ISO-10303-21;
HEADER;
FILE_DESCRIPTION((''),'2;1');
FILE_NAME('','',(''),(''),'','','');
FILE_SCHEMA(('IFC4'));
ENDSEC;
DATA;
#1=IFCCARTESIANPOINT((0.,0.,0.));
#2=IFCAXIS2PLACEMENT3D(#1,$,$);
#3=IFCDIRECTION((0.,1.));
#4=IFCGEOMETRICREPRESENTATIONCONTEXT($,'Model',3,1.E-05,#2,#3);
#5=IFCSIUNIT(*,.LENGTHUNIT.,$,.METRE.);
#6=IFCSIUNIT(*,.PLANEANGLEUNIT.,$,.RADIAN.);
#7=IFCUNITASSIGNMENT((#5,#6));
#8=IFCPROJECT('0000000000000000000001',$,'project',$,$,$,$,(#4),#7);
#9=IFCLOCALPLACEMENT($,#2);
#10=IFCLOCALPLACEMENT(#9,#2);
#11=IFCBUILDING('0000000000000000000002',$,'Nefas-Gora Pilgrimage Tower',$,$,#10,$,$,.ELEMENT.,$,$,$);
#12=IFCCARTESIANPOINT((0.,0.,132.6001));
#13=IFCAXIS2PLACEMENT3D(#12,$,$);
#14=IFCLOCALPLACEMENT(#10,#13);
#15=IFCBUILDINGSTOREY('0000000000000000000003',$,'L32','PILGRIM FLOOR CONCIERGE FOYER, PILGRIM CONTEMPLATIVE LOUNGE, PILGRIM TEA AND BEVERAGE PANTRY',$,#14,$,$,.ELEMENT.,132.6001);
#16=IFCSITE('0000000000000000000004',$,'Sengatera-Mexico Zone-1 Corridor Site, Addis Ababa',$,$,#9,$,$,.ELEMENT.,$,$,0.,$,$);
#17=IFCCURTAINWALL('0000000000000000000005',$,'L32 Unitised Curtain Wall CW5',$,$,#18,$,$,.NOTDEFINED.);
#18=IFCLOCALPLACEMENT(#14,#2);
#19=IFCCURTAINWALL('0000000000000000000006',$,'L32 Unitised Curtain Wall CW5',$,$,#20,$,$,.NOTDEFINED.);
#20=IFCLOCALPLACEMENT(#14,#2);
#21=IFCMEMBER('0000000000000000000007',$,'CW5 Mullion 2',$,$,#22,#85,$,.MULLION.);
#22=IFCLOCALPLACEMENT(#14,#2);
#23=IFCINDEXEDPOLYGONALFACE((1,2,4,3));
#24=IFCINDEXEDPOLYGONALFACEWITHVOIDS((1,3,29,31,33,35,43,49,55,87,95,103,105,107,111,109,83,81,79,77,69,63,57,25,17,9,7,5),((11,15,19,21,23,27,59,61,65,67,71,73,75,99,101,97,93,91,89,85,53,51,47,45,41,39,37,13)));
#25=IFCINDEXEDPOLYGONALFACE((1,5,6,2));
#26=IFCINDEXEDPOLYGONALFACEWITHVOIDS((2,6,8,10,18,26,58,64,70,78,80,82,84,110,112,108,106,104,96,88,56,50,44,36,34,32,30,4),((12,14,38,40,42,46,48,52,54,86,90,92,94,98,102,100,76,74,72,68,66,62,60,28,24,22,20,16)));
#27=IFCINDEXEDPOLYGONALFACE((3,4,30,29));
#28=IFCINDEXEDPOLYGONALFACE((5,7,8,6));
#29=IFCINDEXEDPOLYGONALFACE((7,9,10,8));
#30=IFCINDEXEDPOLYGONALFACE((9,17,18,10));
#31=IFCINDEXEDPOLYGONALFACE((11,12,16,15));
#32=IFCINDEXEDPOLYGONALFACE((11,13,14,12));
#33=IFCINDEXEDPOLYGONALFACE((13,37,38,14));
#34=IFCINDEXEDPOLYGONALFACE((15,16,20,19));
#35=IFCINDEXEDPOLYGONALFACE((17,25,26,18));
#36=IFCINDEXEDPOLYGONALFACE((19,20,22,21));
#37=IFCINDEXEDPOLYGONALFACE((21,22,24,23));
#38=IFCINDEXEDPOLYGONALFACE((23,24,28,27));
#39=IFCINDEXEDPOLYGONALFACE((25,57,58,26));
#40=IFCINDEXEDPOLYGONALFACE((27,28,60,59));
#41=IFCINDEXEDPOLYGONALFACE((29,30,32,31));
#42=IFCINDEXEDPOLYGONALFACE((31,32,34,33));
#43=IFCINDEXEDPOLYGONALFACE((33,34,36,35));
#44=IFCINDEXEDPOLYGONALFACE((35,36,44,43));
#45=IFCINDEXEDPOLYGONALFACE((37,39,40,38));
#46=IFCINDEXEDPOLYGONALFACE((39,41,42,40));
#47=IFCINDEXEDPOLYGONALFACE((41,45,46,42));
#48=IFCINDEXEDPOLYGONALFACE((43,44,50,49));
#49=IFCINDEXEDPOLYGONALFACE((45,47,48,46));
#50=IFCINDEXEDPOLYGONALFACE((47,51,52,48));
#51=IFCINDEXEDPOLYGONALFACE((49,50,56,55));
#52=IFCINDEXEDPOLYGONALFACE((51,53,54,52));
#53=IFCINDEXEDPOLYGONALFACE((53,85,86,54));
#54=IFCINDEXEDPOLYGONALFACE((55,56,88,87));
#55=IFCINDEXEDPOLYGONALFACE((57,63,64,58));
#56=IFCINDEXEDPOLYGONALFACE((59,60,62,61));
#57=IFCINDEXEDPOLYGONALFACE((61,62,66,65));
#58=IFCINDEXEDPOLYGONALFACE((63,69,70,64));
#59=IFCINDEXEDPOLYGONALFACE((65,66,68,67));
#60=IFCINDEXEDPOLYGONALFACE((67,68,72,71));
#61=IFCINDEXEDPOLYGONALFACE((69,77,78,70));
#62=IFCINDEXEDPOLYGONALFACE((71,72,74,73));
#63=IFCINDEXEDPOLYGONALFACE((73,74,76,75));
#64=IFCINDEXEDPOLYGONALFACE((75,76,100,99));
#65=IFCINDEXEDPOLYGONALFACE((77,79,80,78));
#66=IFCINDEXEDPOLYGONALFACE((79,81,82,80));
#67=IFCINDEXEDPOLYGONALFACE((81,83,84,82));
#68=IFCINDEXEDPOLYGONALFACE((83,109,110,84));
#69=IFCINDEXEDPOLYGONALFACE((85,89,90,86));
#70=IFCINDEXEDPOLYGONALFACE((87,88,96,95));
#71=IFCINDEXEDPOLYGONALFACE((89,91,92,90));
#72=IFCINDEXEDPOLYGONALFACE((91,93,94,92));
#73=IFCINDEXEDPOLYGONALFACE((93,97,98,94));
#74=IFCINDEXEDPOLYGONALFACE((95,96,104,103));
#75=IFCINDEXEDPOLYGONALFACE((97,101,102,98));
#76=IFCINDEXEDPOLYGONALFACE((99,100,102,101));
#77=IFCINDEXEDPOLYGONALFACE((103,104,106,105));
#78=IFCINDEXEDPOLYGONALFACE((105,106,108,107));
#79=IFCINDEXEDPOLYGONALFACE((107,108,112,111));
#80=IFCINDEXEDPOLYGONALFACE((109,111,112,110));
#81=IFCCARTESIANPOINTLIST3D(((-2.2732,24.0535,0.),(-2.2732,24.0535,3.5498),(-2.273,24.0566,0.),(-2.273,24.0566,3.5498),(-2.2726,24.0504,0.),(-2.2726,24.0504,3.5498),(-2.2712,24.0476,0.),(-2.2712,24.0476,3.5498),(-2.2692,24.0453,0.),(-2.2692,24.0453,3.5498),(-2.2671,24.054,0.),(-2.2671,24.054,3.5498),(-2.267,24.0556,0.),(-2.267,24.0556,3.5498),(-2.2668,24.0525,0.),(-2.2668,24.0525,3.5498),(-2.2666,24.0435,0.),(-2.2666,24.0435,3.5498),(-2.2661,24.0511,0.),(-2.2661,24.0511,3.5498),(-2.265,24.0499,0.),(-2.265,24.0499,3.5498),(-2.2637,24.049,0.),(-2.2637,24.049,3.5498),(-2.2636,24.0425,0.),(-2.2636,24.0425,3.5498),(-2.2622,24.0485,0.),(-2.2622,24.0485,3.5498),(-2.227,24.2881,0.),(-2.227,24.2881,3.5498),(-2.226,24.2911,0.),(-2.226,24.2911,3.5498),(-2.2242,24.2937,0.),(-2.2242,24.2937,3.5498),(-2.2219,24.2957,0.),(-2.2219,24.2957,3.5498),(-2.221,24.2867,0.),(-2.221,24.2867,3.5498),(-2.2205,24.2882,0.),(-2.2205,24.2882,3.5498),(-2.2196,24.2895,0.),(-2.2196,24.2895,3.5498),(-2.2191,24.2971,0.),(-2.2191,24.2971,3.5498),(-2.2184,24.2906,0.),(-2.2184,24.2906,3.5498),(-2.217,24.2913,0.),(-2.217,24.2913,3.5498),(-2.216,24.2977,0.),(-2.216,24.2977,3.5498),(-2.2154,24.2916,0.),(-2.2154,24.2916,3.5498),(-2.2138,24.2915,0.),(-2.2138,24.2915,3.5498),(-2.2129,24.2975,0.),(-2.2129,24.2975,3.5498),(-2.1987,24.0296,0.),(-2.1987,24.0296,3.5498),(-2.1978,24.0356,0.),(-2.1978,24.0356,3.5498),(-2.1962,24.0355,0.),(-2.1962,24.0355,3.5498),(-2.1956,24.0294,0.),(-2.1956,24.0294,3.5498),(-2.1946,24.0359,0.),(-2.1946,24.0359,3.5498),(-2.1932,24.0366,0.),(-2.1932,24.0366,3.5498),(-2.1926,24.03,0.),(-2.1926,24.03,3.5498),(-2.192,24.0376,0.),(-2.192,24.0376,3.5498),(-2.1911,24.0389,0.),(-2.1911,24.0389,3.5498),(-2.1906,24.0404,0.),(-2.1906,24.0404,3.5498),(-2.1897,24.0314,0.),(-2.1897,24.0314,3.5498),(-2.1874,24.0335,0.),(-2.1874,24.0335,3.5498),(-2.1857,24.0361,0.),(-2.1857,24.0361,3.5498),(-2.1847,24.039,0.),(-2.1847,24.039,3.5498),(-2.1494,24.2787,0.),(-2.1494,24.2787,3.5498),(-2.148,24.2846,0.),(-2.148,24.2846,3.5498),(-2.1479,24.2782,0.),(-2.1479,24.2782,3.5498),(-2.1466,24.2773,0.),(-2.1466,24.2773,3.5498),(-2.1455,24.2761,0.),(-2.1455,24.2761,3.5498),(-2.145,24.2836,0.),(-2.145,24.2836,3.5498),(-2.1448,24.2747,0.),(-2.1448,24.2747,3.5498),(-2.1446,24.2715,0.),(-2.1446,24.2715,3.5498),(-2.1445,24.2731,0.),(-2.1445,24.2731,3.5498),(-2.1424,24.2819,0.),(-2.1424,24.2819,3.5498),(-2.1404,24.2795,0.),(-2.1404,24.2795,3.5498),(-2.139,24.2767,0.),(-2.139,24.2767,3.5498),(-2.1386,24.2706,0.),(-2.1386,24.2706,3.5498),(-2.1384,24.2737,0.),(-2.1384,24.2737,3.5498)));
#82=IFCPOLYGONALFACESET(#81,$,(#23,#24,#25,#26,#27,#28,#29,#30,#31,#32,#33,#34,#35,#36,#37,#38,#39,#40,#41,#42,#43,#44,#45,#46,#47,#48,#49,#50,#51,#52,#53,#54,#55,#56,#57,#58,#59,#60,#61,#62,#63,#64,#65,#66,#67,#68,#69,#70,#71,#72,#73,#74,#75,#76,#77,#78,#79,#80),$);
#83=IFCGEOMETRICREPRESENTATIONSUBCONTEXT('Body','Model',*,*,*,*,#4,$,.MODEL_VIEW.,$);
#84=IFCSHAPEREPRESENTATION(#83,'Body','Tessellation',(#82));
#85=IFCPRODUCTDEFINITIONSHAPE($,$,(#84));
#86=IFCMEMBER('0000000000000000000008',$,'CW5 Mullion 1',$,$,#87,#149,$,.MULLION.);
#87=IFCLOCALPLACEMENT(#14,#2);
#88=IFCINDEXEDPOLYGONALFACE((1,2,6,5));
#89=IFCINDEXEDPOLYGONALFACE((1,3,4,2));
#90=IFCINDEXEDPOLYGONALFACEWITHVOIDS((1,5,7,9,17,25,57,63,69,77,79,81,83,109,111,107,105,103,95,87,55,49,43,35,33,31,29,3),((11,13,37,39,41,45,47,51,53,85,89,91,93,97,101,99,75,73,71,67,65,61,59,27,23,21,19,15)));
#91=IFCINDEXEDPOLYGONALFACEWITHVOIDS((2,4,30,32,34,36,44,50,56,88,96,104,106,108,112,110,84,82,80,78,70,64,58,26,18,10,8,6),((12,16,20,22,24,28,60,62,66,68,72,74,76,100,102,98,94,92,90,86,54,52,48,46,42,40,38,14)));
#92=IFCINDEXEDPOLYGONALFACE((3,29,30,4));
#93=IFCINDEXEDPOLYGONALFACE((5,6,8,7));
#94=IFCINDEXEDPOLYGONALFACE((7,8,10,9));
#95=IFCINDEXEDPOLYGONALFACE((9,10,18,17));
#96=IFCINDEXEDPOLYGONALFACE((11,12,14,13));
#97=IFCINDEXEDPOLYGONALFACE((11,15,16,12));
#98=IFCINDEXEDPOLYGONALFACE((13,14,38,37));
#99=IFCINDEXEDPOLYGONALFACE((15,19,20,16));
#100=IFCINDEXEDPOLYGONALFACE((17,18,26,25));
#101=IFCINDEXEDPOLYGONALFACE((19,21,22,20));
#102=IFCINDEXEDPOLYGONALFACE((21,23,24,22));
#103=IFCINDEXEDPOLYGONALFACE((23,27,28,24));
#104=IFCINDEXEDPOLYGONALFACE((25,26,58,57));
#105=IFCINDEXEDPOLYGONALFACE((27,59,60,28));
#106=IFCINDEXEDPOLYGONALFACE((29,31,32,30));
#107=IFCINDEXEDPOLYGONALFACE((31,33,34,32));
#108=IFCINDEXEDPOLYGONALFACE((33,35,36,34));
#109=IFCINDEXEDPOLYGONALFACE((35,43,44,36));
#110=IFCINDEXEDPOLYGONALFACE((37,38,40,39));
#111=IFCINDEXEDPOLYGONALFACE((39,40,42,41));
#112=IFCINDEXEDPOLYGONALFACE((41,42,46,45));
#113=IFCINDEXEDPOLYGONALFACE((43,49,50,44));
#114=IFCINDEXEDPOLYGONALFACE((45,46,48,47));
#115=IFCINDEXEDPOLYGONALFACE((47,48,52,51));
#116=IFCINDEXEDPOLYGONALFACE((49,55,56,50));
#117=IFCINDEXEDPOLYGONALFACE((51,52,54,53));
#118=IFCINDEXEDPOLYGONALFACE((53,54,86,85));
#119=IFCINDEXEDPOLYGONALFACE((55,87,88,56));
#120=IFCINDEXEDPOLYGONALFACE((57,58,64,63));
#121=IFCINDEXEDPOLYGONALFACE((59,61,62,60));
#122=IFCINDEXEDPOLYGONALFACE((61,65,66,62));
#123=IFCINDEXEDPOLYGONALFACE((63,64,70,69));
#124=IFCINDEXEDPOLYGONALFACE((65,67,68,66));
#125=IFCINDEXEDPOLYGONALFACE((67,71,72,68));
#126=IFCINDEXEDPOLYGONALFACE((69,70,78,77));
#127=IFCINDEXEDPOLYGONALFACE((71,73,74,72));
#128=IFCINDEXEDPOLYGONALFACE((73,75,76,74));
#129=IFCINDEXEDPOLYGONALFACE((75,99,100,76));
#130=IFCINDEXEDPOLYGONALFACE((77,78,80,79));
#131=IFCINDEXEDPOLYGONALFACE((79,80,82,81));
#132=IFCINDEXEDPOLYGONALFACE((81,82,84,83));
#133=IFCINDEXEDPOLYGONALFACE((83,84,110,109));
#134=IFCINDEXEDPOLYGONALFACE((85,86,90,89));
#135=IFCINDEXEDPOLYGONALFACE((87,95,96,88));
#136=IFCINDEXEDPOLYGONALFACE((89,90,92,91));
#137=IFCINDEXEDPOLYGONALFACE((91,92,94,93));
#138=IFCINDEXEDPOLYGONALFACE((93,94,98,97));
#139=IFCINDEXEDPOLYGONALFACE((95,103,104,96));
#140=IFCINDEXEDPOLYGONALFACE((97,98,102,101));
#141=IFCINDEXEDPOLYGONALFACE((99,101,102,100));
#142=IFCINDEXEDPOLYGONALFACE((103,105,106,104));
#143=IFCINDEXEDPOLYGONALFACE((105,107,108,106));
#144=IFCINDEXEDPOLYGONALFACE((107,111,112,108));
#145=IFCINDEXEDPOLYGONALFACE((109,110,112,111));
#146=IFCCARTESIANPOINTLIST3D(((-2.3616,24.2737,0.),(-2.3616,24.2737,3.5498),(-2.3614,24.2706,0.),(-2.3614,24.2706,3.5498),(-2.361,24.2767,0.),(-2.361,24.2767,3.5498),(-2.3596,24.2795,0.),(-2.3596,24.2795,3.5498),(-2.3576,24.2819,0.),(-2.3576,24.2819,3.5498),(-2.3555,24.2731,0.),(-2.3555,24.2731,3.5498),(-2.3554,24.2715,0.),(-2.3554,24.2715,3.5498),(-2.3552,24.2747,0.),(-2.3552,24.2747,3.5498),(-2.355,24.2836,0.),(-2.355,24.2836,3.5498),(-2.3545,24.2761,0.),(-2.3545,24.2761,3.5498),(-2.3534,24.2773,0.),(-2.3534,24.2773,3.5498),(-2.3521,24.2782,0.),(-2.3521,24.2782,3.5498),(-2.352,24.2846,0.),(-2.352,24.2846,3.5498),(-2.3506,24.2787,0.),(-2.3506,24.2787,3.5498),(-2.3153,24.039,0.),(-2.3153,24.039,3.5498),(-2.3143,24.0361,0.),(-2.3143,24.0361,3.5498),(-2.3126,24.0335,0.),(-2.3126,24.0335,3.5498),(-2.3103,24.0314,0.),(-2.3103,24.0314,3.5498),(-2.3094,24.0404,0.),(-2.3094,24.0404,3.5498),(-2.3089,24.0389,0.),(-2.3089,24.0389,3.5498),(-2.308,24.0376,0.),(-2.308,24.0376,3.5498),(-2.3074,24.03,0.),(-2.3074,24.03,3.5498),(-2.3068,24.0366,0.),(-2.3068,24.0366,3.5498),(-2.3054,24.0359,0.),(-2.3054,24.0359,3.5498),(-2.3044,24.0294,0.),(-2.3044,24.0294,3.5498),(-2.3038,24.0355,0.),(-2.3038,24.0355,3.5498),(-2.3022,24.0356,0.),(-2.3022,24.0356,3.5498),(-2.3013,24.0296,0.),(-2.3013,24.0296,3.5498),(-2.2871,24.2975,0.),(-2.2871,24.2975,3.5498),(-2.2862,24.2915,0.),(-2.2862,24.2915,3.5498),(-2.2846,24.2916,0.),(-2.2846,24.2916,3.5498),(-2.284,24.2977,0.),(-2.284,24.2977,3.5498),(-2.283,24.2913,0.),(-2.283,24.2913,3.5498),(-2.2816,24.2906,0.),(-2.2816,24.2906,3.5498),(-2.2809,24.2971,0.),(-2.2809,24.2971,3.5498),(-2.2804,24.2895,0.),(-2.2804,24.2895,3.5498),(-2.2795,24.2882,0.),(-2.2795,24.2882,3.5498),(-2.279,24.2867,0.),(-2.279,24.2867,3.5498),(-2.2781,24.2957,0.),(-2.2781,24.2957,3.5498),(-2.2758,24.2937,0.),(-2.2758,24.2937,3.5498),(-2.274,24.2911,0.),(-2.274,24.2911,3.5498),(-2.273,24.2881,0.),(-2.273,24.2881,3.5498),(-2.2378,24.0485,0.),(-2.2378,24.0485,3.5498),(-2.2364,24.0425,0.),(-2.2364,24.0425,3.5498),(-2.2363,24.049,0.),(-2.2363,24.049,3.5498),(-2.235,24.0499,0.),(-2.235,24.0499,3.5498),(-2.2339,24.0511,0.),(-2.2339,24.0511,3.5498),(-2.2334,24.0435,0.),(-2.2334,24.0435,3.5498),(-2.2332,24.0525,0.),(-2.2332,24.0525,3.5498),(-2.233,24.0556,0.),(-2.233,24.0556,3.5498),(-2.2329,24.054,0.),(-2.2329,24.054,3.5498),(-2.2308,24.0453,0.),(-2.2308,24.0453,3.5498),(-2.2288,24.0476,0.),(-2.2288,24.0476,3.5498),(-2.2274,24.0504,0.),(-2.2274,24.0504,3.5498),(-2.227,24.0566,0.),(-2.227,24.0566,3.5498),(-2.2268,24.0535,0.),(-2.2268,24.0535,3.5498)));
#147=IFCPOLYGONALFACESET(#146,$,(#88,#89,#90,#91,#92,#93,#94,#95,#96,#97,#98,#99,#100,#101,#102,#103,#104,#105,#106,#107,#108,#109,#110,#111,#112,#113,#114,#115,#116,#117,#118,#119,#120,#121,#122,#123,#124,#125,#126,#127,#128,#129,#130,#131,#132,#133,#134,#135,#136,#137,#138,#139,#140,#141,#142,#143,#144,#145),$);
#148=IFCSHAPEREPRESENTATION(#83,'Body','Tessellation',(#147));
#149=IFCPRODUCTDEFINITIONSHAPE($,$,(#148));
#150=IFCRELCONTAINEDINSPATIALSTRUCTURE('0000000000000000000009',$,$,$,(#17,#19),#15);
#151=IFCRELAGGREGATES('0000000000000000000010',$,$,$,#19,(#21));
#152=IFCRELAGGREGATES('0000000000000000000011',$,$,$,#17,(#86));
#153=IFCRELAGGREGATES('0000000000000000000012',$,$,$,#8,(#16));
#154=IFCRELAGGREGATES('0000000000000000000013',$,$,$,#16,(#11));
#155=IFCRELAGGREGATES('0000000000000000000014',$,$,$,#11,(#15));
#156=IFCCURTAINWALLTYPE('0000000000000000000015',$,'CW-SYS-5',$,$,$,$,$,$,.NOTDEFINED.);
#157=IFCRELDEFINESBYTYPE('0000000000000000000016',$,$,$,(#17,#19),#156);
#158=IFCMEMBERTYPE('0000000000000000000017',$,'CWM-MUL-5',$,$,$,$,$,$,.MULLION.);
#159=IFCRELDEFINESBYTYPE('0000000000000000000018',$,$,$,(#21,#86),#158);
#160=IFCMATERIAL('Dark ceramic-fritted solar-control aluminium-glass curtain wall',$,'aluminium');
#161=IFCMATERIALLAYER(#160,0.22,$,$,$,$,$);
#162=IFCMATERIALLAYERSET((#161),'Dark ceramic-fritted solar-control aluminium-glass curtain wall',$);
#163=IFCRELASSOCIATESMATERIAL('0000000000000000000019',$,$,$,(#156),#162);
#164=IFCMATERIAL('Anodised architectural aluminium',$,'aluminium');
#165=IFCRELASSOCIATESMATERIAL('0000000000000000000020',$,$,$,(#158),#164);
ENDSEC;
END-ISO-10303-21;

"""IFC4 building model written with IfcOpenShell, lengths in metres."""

from ifc_helpers import new_model, si_unit, direction, frame, origin, origin_2d, place, context, subcontext, project, spatial, hollow_rectangle, extrude, source, transform, mapped, material, layer, layer_set, material_profile, profile_set, type_object, element, aggregate, save


model = new_model("IFC4")

# Units and contexts
model_context = context("Model", 3, precision=1e-05, world=origin(), true_north=direction((0.0, 1.0)))
body_context = subcontext(model_context, "Body", "Model", "MODEL_VIEW")
ifc_project = project(units=[si_unit("LENGTHUNIT", "METRE"), si_unit("PLANEANGLEUNIT", "RADIAN")], contexts=[model_context])

# Site, building, storey
site_placement = place(None, origin())
site = spatial("IfcSite", under=ifc_project, at=site_placement, Name="Sengatera-Mexico Zone-1 Corridor Site, Addis Ababa", CompositionType="ELEMENT", RefElevation=0.0)
building_placement = place(site_placement, origin())
building = spatial("IfcBuilding", under=site, at=building_placement, Name="Nefas-Gora Pilgrimage Tower", CompositionType="ELEMENT")
storey_placement = place(building_placement, frame((0.0, 0.0, 132.6001)))
storey = spatial("IfcBuildingStorey", under=building, at=storey_placement, Name="L32", Description="PILGRIM FLOOR CONCIERGE FOYER, PILGRIM CONTEMPLATIVE LOUNGE, PILGRIM TEA AND BEVERAGE PANTRY", CompositionType="ELEMENT", Elevation=132.6001)

# Curtain walls, member
ifc_material_1 = material(Name="Dark ceramic-fritted solar-control aluminium-glass curtain wall", Category="aluminium")
ifc_layer_1 = layer(ifc_material_1, 0.22)
ifc_layer_set_1 = layer_set([ifc_layer_1], Name="Dark ceramic-fritted solar-control aluminium-glass curtain wall")
curtain_wall_type = type_object("IfcCurtainWallType", Name="CW-SYS-5", PredefinedType="NOTDEFINED", material=ifc_layer_set_1)
ifc_material_2 = material(Name="Anodised architectural aluminium", Category="aluminium")
curtain_wall_1_placement = place(storey_placement, origin())
curtain_wall_1 = element("IfcCurtainWall", 1, at=curtain_wall_1_placement, inside=storey, type_object=curtain_wall_type, Name="L32 Unitised Curtain Wall CW5", PredefinedType="NOTDEFINED")
curtain_wall_2_placement = place(storey_placement, origin())
curtain_wall_2 = element("IfcCurtainWall", 2, at=curtain_wall_2_placement, inside=storey, type_object=curtain_wall_type, Name="L32 Unitised Curtain Wall CW5", PredefinedType="NOTDEFINED")
ifc_material_profile_1 = material_profile(ifc_material_2, hollow_rectangle(XDim=0.0901, YDim=0.26, WallThickness=0.0061, InnerFilletRadius=0.0061, OuterFilletRadius=0.012, at=origin_2d()), Name="ALU MULLION 90x260")
ifc_profile_set_1 = profile_set([ifc_material_profile_1], Name="Anodised architectural aluminium")
member_type_1 = type_object("IfcMemberType", Name="CWM-MUL-5", PredefinedType="MULLION", material=ifc_profile_set_1)
shared_shape_1 = source(origin(), body_context, "Body", "SweptSolid", [
    extrude(hollow_rectangle(XDim=0.0901, YDim=0.26, WallThickness=0.0061, InnerFilletRadius=0.0061, OuterFilletRadius=0.012, at=origin_2d()), origin(), (0.0, 0.0, 1.0), 3.5498),
])
member_1_placement = place(storey_placement, frame((-2.2058, 24.1636, 0.0), z_axis=(0.0, 0.0, 1.0), x_axis=(-0.980783, 0.195102, 0.0)))
member_1 = element("IfcMember", 3, at=member_1_placement, type_object=member_type_1, Name="CW5 Mullion 2", PredefinedType="MULLION", context=body_context, shape_type="MappedRepresentation", body=[
    mapped(shared_shape_1, transform((0.0, 0.0, 0.0), x_axis=(1.0, 0.0, 0.0), y_axis=(0.0, 1.0, 0.0), z_axis=(0.0, 0.0, 1.0), scale=1.0)),
])

# Member
member_2_placement = place(storey_placement, frame((-2.2942, 24.1636, 0.0), z_axis=(0.0, 0.0, 1.0), x_axis=(-0.980783, -0.195102, 0.0)))
member_2 = element("IfcMember", 4, at=member_2_placement, type_object=member_type_1, Name="CW5 Mullion 1", PredefinedType="MULLION", context=body_context, shape_type="MappedRepresentation", body=[
    mapped(shared_shape_1, transform((0.0, 0.0, 0.0), x_axis=(1.0, 0.0, 0.0), y_axis=(0.0, 1.0, 0.0), z_axis=(0.0, 0.0, 1.0), scale=1.0)),
])

aggregate(curtain_wall_2, [member_1])
aggregate(curtain_wall_1, [member_2])

save(model, "model.ifc")
